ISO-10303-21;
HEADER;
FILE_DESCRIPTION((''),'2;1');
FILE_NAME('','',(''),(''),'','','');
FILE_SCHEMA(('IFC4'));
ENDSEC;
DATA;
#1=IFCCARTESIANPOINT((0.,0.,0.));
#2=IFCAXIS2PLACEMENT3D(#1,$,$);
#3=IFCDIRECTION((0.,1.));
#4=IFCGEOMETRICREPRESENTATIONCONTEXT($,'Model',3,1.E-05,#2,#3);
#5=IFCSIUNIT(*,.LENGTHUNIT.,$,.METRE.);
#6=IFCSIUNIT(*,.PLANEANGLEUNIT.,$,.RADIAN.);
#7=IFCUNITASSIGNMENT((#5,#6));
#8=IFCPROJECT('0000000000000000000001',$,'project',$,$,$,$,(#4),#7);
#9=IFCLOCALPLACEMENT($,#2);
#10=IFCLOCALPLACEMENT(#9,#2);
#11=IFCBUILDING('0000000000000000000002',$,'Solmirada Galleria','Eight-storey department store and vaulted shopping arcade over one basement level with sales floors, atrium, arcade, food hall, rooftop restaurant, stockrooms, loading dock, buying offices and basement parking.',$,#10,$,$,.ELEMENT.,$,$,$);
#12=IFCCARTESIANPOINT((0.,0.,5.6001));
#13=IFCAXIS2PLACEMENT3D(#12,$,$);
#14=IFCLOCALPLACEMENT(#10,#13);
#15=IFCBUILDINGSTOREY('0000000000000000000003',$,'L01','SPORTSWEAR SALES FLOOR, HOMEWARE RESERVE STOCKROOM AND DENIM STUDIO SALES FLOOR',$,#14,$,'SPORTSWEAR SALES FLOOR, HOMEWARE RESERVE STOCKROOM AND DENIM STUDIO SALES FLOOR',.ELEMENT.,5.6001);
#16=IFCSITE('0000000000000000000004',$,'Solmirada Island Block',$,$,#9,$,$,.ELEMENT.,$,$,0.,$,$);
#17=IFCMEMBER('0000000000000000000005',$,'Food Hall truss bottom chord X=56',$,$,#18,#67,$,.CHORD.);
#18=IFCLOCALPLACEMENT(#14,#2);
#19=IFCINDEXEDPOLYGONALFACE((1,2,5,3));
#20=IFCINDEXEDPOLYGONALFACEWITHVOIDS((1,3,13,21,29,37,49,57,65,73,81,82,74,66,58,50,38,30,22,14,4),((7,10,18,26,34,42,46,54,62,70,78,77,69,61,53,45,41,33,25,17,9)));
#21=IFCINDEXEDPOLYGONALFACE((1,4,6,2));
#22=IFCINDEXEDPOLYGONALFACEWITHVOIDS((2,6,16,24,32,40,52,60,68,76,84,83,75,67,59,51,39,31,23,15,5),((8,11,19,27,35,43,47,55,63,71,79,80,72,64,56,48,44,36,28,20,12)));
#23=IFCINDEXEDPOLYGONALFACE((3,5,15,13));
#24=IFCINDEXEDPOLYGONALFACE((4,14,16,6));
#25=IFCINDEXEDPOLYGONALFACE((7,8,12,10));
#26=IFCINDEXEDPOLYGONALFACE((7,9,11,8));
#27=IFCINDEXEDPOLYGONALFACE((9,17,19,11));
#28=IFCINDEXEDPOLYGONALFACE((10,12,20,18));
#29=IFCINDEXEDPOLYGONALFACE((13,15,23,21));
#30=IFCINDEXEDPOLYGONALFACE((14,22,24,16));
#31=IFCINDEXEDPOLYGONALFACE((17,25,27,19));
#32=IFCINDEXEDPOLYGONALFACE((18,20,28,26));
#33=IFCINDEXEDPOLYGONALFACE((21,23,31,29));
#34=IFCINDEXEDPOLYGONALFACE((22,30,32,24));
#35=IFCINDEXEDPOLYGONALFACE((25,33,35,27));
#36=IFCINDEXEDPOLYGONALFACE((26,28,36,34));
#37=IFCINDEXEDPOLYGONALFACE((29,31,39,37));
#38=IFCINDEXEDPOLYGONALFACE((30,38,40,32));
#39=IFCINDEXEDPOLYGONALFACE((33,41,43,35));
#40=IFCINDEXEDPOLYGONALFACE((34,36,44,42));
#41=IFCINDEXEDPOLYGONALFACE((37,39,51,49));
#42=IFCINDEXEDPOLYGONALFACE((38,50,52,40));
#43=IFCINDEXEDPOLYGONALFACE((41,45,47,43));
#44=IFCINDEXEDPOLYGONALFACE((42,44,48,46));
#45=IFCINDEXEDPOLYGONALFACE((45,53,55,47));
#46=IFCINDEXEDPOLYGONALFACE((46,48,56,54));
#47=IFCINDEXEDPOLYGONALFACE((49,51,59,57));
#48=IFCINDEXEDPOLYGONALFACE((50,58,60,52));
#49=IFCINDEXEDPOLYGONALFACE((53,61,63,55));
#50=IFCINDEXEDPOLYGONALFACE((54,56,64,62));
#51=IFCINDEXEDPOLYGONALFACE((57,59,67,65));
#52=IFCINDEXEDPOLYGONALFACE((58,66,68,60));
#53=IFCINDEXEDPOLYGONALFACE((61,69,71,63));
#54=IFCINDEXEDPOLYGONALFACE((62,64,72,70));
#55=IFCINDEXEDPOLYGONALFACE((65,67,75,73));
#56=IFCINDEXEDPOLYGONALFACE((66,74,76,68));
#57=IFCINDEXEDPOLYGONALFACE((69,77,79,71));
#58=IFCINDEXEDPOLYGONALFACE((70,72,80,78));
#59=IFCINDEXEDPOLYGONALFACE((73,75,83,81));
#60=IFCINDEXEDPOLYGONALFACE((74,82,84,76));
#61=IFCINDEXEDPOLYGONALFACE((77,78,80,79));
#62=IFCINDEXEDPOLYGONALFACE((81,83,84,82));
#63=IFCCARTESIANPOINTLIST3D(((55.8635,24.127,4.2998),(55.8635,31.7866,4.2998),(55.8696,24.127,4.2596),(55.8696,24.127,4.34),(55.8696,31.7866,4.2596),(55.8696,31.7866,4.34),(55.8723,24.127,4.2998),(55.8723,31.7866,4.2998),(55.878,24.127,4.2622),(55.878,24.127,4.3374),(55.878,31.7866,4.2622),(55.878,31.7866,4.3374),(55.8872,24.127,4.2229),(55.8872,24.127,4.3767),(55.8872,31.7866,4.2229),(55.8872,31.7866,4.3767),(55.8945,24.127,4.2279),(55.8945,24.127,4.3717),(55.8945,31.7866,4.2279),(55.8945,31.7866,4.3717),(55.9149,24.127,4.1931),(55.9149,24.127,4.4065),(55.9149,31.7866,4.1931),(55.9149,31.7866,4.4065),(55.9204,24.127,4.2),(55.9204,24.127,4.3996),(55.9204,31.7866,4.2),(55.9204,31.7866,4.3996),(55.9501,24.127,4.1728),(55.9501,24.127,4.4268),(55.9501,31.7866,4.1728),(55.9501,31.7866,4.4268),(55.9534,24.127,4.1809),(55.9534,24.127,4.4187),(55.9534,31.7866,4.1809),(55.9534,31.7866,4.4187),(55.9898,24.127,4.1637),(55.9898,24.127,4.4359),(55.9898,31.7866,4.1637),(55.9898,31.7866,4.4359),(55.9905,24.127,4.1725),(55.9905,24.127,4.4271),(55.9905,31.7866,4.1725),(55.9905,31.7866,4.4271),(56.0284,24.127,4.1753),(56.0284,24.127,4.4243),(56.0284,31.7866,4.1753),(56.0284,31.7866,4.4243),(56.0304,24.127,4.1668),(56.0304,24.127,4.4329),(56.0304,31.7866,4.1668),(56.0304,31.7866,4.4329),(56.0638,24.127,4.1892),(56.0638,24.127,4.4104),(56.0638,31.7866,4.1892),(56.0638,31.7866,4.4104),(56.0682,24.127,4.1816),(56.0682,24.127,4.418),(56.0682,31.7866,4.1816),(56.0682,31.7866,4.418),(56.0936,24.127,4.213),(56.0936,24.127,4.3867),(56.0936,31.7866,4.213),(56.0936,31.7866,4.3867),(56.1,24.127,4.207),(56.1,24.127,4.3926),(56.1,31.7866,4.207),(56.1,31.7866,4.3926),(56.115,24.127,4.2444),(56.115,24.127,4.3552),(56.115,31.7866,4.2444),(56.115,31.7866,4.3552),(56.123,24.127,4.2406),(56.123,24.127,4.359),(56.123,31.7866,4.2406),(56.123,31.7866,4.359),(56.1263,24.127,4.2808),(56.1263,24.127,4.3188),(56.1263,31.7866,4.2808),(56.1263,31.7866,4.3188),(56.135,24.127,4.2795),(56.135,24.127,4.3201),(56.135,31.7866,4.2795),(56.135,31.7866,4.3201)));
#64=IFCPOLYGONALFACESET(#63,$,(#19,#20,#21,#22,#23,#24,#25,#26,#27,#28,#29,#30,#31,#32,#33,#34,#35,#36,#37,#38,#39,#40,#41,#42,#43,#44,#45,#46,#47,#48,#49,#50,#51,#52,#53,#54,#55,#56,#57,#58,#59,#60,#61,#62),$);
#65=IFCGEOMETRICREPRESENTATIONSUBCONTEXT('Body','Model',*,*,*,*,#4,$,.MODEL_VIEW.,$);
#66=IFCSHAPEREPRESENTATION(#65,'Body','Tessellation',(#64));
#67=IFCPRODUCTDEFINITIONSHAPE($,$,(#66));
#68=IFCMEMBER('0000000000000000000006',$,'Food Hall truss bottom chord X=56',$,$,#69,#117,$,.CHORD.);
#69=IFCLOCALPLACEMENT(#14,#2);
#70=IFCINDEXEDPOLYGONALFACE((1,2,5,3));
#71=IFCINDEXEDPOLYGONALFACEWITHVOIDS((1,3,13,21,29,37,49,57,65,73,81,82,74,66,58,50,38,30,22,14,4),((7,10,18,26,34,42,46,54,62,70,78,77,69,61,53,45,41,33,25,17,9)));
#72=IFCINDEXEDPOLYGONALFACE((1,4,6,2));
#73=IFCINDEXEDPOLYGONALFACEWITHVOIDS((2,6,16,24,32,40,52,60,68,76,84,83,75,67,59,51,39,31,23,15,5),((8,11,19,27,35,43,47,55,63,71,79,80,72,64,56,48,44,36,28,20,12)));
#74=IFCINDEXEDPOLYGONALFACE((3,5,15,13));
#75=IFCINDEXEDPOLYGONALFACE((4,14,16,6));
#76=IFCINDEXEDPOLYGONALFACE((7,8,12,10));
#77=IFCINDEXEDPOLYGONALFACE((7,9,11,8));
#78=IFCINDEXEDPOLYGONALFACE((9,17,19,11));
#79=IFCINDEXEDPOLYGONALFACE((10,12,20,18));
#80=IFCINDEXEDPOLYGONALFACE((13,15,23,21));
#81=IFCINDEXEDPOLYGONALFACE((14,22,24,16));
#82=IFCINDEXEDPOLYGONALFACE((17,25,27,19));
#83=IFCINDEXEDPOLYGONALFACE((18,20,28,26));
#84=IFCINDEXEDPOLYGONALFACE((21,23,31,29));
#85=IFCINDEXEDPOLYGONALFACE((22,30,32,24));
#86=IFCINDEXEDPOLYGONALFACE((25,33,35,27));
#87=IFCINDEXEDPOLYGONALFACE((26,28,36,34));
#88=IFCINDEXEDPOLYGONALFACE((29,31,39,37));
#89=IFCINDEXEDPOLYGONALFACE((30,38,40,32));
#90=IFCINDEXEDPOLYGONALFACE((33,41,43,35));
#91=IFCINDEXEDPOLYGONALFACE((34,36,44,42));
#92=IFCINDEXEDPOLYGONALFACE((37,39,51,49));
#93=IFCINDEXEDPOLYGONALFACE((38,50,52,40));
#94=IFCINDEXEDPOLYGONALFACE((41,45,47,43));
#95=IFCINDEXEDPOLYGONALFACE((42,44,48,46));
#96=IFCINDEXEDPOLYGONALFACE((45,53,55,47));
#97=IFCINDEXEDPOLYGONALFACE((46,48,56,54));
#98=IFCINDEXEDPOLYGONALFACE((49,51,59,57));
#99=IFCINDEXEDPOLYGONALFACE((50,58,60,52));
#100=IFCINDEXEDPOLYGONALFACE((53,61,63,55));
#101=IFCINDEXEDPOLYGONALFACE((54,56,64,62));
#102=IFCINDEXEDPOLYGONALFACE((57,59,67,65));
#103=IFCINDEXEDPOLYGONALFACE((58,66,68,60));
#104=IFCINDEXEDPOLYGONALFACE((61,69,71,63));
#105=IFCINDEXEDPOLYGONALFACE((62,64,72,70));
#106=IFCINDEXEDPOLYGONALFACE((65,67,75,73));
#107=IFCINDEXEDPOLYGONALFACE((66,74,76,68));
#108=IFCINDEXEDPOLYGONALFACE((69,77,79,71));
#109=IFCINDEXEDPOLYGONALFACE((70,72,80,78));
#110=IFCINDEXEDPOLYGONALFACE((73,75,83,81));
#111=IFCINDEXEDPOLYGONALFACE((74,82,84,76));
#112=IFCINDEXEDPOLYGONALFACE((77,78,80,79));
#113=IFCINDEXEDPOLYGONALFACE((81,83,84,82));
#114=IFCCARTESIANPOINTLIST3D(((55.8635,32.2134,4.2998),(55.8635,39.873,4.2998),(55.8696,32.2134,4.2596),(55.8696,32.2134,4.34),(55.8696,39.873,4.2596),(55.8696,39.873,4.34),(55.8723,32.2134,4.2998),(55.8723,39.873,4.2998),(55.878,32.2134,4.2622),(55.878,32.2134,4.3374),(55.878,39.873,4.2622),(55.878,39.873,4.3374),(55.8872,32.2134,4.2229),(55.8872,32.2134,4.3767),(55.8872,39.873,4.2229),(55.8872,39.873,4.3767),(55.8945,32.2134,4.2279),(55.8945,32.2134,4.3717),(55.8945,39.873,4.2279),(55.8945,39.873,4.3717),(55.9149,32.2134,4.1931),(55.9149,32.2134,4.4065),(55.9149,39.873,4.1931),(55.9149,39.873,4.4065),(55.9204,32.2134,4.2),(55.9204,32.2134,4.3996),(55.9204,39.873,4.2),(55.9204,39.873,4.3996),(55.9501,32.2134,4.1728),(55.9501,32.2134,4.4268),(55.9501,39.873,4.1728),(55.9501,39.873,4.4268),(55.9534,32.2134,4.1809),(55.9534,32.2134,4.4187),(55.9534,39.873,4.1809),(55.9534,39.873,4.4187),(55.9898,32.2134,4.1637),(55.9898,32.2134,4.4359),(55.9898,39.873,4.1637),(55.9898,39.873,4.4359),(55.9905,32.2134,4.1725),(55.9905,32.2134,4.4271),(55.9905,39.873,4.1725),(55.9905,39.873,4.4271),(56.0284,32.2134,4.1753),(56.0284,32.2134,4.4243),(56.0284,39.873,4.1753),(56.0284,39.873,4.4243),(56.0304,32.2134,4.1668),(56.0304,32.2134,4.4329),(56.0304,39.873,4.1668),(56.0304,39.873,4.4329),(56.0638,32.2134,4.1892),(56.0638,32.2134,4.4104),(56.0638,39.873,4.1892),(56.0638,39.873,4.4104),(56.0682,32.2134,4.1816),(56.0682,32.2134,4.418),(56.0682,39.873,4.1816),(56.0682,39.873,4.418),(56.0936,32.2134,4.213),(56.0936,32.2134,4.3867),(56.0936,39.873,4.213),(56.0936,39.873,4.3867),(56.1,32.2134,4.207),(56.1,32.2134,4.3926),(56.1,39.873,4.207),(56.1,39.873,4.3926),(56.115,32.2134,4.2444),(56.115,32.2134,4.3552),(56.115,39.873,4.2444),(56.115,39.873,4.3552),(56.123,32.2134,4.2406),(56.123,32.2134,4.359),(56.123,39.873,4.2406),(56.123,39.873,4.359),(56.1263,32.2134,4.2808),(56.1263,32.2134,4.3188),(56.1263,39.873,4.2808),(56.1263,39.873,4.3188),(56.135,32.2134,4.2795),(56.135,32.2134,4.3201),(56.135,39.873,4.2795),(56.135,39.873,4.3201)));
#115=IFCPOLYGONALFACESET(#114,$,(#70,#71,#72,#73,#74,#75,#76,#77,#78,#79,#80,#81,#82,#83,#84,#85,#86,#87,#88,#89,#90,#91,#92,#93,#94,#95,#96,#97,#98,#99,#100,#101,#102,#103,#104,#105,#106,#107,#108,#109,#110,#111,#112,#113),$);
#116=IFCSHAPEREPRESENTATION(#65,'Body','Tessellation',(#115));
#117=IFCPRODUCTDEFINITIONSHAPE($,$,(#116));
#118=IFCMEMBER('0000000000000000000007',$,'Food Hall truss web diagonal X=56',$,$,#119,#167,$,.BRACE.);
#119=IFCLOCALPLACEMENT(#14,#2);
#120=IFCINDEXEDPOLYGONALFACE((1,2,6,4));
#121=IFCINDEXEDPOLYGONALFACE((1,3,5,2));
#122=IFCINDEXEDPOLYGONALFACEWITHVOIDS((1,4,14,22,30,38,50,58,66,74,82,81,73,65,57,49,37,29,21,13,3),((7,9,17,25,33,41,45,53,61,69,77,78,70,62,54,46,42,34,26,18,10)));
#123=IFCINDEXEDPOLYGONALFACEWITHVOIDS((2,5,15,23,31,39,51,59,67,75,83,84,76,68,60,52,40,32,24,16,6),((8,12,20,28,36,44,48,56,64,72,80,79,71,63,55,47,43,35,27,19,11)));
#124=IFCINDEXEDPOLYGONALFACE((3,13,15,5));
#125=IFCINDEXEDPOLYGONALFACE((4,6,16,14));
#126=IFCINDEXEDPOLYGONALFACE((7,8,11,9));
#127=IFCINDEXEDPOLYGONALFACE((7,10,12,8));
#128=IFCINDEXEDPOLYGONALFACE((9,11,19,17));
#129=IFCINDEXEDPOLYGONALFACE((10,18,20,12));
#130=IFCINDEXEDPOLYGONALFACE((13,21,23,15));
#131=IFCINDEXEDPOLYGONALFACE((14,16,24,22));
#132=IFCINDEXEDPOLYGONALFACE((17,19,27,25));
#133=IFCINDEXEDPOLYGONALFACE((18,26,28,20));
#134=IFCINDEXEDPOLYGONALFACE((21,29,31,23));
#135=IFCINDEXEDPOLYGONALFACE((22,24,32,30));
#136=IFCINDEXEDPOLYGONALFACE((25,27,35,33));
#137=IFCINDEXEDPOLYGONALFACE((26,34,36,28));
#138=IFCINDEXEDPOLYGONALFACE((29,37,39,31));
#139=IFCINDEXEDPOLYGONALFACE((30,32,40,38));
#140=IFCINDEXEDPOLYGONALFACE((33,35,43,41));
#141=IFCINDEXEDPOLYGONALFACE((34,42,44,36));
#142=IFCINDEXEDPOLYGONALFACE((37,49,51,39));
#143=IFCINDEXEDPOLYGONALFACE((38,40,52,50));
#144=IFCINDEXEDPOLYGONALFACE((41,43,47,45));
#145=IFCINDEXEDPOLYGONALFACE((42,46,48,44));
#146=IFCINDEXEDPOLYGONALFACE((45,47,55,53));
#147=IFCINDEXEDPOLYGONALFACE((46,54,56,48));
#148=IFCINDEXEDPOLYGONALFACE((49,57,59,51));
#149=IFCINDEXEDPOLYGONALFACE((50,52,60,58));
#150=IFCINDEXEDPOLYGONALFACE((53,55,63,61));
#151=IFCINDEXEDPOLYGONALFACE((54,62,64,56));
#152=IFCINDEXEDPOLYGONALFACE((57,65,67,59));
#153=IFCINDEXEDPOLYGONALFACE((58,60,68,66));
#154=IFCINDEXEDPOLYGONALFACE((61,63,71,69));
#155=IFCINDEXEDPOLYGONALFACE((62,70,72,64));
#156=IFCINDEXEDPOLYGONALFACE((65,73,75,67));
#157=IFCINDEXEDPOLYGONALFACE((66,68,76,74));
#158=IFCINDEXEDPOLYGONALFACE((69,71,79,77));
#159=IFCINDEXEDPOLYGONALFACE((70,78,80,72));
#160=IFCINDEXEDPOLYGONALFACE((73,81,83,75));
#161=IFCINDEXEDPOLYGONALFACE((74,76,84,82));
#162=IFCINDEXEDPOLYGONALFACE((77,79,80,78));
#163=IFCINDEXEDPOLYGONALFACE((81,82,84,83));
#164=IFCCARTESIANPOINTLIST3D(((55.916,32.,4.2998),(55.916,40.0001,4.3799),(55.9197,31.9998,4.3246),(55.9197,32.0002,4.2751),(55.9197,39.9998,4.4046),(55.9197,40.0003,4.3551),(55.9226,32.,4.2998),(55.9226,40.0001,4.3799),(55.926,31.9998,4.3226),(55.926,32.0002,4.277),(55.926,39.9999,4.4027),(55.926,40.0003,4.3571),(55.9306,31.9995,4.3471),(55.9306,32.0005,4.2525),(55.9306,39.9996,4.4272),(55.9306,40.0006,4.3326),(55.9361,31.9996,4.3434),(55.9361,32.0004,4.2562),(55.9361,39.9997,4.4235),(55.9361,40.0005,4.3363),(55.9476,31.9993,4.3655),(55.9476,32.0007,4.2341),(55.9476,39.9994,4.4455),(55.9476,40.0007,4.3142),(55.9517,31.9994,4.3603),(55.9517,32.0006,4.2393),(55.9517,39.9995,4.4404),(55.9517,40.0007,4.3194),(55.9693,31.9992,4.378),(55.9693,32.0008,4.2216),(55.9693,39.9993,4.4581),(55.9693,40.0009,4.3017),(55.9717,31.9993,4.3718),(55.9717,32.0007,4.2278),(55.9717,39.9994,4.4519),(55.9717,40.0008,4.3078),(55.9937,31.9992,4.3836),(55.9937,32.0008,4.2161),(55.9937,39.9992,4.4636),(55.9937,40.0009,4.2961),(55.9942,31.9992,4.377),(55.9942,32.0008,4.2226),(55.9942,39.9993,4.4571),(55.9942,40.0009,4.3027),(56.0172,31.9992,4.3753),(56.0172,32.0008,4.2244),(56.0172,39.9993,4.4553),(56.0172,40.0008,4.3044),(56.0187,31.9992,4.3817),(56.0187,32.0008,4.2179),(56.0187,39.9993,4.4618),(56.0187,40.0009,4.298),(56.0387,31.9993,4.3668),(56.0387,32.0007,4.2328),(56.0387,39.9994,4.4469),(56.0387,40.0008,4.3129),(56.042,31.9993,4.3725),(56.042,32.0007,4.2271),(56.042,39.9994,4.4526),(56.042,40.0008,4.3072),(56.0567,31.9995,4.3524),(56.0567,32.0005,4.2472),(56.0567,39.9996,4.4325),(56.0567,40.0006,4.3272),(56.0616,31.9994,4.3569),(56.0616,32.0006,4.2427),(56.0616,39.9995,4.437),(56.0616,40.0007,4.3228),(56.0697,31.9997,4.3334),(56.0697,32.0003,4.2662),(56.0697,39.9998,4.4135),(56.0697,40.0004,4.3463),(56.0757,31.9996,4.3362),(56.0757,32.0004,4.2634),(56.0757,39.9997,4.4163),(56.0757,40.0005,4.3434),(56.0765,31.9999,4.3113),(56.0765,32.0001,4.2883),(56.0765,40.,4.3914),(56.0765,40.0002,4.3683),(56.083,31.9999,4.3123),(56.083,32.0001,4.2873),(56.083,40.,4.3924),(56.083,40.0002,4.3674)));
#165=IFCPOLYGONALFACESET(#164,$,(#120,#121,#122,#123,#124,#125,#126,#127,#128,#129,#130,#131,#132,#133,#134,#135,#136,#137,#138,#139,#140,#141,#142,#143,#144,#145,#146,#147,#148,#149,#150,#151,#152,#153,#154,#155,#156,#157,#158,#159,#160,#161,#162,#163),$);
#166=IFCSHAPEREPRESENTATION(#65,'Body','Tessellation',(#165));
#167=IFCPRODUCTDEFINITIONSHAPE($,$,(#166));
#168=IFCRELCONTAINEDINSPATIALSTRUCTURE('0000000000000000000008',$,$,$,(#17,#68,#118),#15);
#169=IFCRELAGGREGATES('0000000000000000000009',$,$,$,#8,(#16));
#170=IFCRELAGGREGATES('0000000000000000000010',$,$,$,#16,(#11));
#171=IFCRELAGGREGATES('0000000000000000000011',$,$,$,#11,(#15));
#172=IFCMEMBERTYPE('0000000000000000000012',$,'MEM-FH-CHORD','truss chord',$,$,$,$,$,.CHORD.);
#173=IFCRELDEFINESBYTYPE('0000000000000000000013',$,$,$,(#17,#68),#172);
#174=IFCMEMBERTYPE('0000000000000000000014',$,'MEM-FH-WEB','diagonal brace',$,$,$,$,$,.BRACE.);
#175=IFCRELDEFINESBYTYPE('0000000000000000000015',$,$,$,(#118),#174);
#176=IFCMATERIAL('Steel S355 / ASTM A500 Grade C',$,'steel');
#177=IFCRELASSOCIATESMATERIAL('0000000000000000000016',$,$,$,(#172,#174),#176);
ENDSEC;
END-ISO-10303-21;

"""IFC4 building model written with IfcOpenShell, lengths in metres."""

from ifc_helpers import new_model, si_unit, direction, frame, origin, origin_2d, place, context, subcontext, project, spatial, hollow_circle, extrude, material, material_profile, profile_set, type_object, element, save


model = new_model("IFC4")

# Units and contexts
model_context = context("Model", 3, precision=1e-05, world=origin(), true_north=direction((0.0, 1.0)))
body_context = subcontext(model_context, "Body", "Model", "MODEL_VIEW")
ifc_project = project(units=[si_unit("LENGTHUNIT", "METRE"), si_unit("PLANEANGLEUNIT", "RADIAN")], contexts=[model_context])

# Site, building, storey
site_placement = place(None, origin())
site = spatial("IfcSite", under=ifc_project, at=site_placement, Name="Solmirada Island Block", CompositionType="ELEMENT", RefElevation=0.0)
building_placement = place(site_placement, origin())
building = spatial("IfcBuilding", under=site, at=building_placement, Name="Solmirada Galleria", Description="Eight-storey department store and vaulted shopping arcade over one basement level with sales floors, atrium, arcade, food hall, rooftop restaurant, stockrooms, loading dock, buying offices and basement parking.", CompositionType="ELEMENT")
storey_placement = place(building_placement, frame((0.0, 0.0, 5.6001)))
storey = spatial("IfcBuildingStorey", under=building, at=storey_placement, Name="L01", Description="SPORTSWEAR SALES FLOOR, HOMEWARE RESERVE STOCKROOM AND DENIM STUDIO SALES FLOOR", LongName="SPORTSWEAR SALES FLOOR, HOMEWARE RESERVE STOCKROOM AND DENIM STUDIO SALES FLOOR", CompositionType="ELEMENT", Elevation=5.6001)

# Shared definitions
ifc_material_1 = material(Name="Steel S355 / ASTM A500 Grade C", Category="steel")

# Members
ifc_material_profile_1 = material_profile(ifc_material_1, hollow_circle(Radius=0.1365, WallThickness=0.0088, at=origin_2d()), Name="HSS10.750X0.375")
ifc_profile_set_1 = profile_set([ifc_material_profile_1], Name="Steel S355 / ASTM A500 Grade C")
member_type_1 = type_object("IfcMemberType", Name="MEM-FH-CHORD", Description="truss chord", PredefinedType="CHORD", material=ifc_profile_set_1)
for number, where, z_axis, x_axis, name in (
    (1, (56.0, 24.127, 4.2998), (0.0, 1.0, 0.0), (-1.0, 0.0, 0.0), "Food Hall truss bottom chord X=56"),
    (2, (56.0, 32.2134, 4.2998), (0.0, 1.0, 0.0), (-1.0, 0.0, 0.0), "Food Hall truss bottom chord X=56"),
):
    element("IfcMember", number, at=place(storey_placement, frame(where, z_axis=z_axis, x_axis=x_axis)), inside=storey, type_object=member_type_1, Name=name, PredefinedType="CHORD", context=body_context, shape_type="SweptSolid", body=[
        extrude(hollow_circle(Radius=0.1365, WallThickness=0.0088, at=origin_2d()), origin(), (0.0, 0.0, 1.0), 7.6597),
    ])
ifc_material_profile_2 = material_profile(ifc_material_1, hollow_circle(Radius=0.084, WallThickness=0.0066, at=origin_2d()), Name="HSS6.625X0.280")
ifc_profile_set_2 = profile_set([ifc_material_profile_2], Name="Steel S355 / ASTM A500 Grade C")
member_type_2 = type_object("IfcMemberType", Name="MEM-FH-WEB", Description="diagonal brace", PredefinedType="BRACE", material=ifc_profile_set_2)
member_1_placement = place(storey_placement, frame((56.0, 32.0, 4.2998), z_axis=(0.0, 0.99995, 0.010009), x_axis=(-1.0, 0.0, 0.0)))
element("IfcMember", 3, at=member_1_placement, inside=storey, type_object=member_type_2, Name="Food Hall truss web diagonal X=56", PredefinedType="BRACE", context=body_context, shape_type="SweptSolid", body=[
    extrude(hollow_circle(Radius=0.084, WallThickness=0.0066, at=origin_2d()), origin(), (0.0, 0.0, 1.0), 8.0005),
])

save(model, "model.ifc")
